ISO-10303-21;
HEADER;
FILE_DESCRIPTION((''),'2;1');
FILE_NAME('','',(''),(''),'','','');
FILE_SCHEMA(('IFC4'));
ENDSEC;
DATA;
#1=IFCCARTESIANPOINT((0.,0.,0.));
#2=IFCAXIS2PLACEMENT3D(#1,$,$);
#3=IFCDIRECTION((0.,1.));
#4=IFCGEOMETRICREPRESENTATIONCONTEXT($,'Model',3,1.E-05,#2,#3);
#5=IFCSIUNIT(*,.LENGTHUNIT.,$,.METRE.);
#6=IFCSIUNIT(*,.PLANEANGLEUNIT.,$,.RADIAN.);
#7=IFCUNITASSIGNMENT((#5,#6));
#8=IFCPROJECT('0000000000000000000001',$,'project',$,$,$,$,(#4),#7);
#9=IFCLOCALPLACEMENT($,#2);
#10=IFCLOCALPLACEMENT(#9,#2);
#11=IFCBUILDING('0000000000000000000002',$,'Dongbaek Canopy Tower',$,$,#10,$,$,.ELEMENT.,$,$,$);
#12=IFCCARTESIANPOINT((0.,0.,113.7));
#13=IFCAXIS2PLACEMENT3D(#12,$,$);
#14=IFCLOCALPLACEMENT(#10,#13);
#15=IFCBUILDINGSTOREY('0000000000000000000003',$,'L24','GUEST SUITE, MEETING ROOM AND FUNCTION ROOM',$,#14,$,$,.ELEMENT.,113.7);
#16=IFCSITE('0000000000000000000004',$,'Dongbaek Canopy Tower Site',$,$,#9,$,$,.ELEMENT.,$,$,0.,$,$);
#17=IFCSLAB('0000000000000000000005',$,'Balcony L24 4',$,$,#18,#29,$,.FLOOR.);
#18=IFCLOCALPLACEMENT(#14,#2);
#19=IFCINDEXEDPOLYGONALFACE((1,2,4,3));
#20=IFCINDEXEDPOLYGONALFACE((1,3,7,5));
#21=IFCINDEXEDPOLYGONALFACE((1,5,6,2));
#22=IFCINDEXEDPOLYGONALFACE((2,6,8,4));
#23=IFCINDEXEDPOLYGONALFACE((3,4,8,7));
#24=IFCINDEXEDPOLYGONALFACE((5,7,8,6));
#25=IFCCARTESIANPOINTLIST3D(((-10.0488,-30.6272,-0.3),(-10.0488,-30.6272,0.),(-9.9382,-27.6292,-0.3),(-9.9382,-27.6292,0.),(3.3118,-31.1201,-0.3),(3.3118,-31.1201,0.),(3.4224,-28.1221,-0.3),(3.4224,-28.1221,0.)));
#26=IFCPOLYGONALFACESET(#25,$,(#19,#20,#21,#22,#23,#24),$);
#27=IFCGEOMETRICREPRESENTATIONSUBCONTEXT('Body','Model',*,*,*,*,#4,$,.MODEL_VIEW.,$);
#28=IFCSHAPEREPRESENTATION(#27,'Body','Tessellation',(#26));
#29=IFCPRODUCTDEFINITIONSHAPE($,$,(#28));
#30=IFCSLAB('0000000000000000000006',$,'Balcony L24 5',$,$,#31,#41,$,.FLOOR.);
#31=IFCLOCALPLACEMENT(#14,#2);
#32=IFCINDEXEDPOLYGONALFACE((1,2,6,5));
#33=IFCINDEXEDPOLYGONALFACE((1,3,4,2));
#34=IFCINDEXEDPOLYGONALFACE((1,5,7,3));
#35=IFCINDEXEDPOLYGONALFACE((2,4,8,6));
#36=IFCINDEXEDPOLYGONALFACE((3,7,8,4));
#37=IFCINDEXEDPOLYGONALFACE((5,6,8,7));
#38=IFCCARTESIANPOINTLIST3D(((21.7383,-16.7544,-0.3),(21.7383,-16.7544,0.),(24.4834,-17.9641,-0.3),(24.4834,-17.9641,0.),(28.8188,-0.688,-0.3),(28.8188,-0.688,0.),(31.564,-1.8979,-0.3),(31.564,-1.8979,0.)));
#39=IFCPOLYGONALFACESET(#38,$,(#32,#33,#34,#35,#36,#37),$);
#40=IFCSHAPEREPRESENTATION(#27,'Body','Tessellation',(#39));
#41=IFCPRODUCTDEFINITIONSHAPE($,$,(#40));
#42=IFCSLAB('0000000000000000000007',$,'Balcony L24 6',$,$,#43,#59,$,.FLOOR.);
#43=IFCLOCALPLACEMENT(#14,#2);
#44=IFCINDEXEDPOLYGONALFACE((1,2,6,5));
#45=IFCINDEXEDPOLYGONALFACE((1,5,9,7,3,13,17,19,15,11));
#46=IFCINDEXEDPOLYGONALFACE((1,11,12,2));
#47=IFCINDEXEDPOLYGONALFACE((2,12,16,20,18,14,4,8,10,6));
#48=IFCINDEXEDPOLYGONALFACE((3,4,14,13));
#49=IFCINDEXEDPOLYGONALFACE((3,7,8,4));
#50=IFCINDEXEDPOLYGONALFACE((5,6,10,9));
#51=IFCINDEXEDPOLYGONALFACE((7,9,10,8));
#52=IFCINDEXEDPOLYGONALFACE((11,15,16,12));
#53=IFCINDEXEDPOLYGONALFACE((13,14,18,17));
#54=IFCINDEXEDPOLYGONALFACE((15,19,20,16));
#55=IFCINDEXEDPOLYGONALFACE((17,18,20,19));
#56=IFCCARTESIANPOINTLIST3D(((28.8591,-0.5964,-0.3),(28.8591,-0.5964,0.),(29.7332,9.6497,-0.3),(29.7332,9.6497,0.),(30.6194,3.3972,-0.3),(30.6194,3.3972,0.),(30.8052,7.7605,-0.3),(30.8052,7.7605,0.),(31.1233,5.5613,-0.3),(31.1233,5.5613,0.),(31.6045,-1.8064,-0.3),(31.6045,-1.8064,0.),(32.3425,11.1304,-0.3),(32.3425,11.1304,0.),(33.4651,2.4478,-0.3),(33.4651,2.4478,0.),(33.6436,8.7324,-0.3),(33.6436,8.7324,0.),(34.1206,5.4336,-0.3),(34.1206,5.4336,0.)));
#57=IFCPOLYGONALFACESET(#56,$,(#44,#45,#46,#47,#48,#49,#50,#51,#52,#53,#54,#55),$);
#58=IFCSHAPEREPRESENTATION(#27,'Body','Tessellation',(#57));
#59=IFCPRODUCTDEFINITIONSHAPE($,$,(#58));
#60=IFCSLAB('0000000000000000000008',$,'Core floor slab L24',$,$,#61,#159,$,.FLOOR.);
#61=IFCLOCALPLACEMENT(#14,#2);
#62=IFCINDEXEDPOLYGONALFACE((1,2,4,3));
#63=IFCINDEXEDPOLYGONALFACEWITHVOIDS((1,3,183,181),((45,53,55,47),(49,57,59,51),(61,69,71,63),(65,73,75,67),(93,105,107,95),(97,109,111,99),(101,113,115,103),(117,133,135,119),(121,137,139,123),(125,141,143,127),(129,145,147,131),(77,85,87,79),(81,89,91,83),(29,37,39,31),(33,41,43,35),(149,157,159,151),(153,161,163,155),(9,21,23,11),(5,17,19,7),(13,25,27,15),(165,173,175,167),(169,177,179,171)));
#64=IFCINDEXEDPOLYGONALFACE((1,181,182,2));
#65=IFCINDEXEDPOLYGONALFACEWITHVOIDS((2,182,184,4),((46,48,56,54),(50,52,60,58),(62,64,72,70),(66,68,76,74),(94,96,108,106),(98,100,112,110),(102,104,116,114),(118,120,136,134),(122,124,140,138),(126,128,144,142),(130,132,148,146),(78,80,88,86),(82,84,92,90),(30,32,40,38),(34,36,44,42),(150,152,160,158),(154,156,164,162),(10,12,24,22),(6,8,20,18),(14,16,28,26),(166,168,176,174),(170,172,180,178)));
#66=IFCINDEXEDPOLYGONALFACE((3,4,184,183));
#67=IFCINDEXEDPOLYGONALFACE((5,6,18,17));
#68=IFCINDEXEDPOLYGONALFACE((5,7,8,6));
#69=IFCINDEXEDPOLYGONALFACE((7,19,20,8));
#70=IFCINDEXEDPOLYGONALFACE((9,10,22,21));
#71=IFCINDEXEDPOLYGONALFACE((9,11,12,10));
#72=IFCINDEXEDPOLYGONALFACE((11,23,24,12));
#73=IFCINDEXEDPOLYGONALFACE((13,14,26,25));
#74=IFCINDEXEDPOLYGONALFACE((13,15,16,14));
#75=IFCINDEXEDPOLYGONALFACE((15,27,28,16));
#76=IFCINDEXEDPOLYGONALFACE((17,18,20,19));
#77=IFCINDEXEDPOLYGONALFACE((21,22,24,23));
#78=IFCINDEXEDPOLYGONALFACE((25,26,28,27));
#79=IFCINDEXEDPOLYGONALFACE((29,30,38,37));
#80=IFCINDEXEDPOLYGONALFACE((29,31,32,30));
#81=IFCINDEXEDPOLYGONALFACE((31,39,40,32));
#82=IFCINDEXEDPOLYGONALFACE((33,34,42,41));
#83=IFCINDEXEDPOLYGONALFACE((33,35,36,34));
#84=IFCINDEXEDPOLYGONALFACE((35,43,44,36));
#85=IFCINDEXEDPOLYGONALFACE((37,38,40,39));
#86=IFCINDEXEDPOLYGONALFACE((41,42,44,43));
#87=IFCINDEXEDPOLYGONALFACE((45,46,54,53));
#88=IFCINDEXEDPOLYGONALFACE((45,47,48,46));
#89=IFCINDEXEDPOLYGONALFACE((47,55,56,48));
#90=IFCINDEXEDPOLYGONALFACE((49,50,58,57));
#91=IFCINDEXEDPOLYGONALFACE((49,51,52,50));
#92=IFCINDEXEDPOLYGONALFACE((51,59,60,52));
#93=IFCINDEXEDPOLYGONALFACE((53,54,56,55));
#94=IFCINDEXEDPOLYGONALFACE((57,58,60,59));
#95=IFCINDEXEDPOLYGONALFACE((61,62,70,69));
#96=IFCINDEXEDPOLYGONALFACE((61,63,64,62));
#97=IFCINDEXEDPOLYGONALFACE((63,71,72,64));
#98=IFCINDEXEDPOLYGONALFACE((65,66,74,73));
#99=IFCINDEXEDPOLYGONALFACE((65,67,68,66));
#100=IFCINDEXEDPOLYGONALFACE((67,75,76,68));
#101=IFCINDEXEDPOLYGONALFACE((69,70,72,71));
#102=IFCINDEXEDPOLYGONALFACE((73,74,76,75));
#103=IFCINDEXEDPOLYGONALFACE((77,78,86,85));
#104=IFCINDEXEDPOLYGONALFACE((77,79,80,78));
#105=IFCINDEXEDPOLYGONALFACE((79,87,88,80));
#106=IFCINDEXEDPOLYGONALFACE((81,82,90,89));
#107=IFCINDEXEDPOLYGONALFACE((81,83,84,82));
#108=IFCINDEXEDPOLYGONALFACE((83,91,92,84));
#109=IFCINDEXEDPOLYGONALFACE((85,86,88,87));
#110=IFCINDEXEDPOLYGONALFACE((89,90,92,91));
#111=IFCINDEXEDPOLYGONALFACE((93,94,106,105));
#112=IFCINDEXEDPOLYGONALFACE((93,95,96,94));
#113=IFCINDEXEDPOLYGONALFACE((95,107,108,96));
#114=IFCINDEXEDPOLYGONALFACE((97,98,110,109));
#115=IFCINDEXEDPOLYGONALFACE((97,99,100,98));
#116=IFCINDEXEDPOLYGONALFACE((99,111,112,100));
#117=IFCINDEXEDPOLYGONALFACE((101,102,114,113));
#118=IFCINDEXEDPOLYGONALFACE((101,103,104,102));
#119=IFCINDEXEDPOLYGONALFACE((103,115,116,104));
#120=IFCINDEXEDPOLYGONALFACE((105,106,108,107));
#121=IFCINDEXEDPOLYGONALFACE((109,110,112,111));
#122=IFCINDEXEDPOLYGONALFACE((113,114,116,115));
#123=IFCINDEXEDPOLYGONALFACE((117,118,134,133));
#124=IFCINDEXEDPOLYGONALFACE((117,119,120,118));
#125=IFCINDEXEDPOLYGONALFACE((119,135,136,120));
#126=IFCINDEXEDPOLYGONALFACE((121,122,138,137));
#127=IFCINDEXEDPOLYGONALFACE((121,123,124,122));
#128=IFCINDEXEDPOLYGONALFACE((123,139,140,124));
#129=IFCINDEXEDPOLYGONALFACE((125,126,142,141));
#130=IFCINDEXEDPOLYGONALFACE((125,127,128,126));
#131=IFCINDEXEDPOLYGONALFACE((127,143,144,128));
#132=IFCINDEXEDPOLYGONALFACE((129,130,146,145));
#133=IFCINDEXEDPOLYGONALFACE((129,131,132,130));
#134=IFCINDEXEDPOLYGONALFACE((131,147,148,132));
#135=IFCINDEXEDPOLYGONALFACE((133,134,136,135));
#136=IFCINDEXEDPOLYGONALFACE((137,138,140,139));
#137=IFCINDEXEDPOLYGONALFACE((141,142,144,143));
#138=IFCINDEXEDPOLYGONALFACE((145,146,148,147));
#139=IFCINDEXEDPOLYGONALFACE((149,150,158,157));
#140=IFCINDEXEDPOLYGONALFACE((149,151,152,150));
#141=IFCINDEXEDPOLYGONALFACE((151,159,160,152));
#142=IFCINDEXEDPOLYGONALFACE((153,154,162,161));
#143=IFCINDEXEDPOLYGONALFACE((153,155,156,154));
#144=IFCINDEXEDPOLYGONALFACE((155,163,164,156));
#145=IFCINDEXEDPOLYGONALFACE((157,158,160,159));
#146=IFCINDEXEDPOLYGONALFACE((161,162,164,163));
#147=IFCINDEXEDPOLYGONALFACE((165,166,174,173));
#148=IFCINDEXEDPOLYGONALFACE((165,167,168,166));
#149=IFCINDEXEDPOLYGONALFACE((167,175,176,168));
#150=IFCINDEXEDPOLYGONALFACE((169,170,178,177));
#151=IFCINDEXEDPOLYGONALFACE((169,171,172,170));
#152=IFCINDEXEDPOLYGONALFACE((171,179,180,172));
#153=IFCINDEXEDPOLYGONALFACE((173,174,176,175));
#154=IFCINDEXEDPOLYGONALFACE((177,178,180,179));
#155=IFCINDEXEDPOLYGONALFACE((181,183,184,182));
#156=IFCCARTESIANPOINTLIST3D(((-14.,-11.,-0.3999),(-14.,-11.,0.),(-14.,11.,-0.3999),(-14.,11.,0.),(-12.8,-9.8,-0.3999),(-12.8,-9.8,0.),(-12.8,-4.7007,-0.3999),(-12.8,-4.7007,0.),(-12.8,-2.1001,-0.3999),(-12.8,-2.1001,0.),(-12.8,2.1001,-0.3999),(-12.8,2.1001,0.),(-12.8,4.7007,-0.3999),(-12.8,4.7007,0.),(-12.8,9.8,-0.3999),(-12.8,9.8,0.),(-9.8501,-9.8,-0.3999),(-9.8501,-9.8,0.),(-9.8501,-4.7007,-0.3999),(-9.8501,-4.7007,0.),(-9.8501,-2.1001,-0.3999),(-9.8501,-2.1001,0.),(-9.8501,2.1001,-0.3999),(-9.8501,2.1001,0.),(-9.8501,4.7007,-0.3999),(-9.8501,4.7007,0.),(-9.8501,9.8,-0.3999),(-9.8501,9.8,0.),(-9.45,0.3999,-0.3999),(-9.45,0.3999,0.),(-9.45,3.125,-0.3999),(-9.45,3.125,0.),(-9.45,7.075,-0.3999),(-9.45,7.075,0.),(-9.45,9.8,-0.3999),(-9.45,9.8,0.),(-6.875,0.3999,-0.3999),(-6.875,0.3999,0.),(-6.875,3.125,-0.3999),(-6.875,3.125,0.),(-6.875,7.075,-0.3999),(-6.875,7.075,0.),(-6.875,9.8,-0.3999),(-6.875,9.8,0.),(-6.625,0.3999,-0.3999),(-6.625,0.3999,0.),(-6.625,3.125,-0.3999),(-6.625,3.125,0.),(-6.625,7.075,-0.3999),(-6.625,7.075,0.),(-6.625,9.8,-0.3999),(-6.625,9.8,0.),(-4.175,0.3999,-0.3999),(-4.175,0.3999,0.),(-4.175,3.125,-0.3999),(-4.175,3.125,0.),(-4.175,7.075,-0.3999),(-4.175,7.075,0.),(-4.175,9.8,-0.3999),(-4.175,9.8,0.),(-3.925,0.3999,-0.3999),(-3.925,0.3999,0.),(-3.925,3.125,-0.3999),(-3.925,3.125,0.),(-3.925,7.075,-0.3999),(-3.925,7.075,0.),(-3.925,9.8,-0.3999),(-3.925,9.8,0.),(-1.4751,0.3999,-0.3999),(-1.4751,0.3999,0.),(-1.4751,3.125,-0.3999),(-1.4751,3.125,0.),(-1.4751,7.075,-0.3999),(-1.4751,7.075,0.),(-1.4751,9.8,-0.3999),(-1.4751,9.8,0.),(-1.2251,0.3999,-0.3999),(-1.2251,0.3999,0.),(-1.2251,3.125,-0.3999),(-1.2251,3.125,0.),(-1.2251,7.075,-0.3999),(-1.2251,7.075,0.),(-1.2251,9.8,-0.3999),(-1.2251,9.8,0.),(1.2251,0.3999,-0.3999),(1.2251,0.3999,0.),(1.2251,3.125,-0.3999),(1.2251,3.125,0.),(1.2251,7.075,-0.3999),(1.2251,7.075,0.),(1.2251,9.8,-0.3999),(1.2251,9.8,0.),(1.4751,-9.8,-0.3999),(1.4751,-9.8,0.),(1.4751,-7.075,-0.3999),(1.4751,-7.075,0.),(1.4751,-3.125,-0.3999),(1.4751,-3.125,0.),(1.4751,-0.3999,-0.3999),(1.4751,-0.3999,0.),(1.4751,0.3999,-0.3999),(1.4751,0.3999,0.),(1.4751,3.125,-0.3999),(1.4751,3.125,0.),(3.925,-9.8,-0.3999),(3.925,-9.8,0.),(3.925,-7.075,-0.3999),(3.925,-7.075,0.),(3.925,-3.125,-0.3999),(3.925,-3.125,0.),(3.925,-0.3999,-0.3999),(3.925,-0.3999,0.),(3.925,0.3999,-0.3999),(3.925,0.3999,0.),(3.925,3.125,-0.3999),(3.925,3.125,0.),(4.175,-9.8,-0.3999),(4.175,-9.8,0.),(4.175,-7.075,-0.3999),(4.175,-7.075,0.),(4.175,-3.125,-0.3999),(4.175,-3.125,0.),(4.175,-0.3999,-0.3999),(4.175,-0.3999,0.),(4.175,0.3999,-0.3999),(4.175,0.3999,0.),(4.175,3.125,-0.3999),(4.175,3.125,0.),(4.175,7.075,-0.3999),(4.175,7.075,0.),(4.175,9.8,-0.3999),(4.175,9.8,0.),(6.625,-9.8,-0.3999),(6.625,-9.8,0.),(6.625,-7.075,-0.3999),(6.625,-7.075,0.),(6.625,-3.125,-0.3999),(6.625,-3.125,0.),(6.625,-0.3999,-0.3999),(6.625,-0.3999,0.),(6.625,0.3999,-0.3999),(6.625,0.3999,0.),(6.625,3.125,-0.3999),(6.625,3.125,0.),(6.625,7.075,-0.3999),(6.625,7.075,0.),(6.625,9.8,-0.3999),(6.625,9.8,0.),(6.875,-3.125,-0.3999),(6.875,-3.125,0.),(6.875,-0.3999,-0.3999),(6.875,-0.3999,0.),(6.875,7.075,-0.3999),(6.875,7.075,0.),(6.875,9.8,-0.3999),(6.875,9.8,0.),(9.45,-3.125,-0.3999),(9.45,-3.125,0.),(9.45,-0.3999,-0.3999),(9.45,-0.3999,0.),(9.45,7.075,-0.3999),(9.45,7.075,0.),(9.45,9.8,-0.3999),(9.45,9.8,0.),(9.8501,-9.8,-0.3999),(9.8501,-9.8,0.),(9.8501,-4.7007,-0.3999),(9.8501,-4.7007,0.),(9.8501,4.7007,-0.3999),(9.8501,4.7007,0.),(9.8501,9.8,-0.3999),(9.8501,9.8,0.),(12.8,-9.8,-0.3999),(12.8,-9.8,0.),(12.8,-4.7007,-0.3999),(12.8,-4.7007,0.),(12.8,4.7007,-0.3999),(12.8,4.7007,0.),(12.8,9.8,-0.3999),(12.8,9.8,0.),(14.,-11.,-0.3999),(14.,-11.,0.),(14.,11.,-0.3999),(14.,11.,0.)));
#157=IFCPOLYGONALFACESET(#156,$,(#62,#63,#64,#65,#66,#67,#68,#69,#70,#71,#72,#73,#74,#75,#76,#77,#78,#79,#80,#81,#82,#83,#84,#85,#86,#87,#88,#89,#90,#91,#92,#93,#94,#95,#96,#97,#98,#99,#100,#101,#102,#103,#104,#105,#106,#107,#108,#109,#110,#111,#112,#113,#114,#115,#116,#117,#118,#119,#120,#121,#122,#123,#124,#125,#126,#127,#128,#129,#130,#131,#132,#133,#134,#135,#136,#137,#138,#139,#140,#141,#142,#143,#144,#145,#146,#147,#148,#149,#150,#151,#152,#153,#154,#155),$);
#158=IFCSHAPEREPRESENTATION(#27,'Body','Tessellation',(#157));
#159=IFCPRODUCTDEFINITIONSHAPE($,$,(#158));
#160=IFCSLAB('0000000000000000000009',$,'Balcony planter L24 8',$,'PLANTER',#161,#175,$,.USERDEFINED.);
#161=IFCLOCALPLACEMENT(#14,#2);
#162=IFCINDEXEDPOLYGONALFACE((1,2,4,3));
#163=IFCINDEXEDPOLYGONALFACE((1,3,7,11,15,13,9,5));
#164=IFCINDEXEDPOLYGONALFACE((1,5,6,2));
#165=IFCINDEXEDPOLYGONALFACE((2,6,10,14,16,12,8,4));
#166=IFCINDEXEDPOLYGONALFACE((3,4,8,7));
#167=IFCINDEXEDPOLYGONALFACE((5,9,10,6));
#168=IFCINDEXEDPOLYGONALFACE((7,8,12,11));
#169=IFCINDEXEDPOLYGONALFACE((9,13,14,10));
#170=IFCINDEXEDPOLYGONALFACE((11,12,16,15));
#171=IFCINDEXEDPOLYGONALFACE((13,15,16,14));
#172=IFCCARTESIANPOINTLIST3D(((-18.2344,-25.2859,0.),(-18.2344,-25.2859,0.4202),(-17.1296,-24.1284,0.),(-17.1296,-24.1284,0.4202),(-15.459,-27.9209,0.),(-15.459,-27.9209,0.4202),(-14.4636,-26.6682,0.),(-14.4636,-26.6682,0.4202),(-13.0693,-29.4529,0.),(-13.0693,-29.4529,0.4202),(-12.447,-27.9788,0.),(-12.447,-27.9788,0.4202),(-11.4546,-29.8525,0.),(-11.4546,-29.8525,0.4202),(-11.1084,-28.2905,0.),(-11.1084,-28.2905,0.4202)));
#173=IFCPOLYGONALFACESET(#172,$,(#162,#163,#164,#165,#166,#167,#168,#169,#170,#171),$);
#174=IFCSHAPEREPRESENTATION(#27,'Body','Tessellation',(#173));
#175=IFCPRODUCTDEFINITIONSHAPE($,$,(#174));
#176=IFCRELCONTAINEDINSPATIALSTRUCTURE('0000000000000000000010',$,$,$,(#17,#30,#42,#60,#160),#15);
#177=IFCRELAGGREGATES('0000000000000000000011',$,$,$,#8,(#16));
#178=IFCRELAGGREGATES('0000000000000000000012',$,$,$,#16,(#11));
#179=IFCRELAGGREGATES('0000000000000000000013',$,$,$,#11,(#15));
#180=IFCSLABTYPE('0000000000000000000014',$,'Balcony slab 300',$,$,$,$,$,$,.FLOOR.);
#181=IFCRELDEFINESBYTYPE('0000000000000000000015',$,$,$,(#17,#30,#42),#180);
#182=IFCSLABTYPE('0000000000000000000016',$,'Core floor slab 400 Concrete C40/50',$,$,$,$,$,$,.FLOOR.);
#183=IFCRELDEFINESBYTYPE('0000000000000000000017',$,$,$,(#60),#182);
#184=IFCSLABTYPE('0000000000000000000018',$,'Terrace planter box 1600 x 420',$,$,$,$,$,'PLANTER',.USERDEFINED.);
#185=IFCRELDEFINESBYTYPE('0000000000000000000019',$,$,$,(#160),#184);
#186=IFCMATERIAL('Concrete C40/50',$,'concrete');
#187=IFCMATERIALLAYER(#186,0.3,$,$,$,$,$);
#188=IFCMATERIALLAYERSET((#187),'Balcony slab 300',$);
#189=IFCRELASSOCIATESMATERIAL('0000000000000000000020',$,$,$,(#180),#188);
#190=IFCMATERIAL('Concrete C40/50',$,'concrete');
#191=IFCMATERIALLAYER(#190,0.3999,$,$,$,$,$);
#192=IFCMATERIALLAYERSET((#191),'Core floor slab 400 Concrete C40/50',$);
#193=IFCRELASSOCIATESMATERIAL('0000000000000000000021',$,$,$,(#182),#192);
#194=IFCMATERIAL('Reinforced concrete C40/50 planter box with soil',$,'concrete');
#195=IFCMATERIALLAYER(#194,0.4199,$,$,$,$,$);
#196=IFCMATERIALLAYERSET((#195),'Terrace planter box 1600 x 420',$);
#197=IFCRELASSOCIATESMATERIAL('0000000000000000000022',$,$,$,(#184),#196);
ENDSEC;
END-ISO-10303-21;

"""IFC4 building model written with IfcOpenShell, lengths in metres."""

from ifc_helpers import new_model, si_unit, direction, frame, origin, place, context, subcontext, project, spatial, polyline, outline, extrude, material, layer, layer_set, type_object, element, save


model = new_model("IFC4")

# Units and contexts
model_context = context("Model", 3, precision=1e-05, world=origin(), true_north=direction((0.0, 1.0)))
body_context = subcontext(model_context, "Body", "Model", "MODEL_VIEW")
ifc_project = project(units=[si_unit("LENGTHUNIT", "METRE"), si_unit("PLANEANGLEUNIT", "RADIAN")], contexts=[model_context])

# Site, building, storey
site_placement = place(None, origin())
site = spatial("IfcSite", under=ifc_project, at=site_placement, Name="Dongbaek Canopy Tower Site", CompositionType="ELEMENT", RefElevation=0.0)
building_placement = place(site_placement, origin())
building = spatial("IfcBuilding", under=site, at=building_placement, Name="Dongbaek Canopy Tower", CompositionType="ELEMENT")
storey_placement = place(building_placement, frame((0.0, 0.0, 113.7)))
storey = spatial("IfcBuildingStorey", under=building, at=storey_placement, Name="L24", Description="GUEST SUITE, MEETING ROOM AND FUNCTION ROOM", CompositionType="ELEMENT", Elevation=113.7)

# Slabs
ifc_material_1 = material(Name="Concrete C40/50", Category="concrete")
ifc_layer_1 = layer(ifc_material_1, 0.3)
ifc_layer_set_1 = layer_set([ifc_layer_1], Name="Balcony slab 300")
slab_type_1 = type_object("IfcSlabType", Name="Balcony slab 300", PredefinedType="FLOOR", material=ifc_layer_set_1)
slab_1_placement = place(storey_placement, frame((0.0, 0.0, -0.3)))
element("IfcSlab", 1, at=slab_1_placement, inside=storey, type_object=slab_type_1, Name="Balcony L24 4", PredefinedType="FLOOR", context=body_context, shape_type="SweptSolid", body=[
    extrude(outline(polyline([(-9.9382, -27.6292), (3.4224, -28.1221), (3.3118, -31.1201), (-10.0488, -30.6272), (-9.9382, -27.6292)])), origin(), (0.0, 0.0, 1.0), 0.3),
])
slab_2_placement = place(storey_placement, frame((0.0, 0.0, -0.3)))
element("IfcSlab", 2, at=slab_2_placement, inside=storey, type_object=slab_type_1, Name="Balcony L24 5", PredefinedType="FLOOR", context=body_context, shape_type="SweptSolid", body=[
    extrude(outline(polyline([(21.7383, -16.7544), (28.8188, -0.688), (31.564, -1.8979), (24.4834, -17.9641), (21.7383, -16.7544)])), origin(), (0.0, 0.0, 1.0), 0.3),
])
slab_3_placement = place(storey_placement, frame((0.0, 0.0, -0.3)))
element("IfcSlab", 3, at=slab_3_placement, inside=storey, type_object=slab_type_1, Name="Balcony L24 6", PredefinedType="FLOOR", context=body_context, shape_type="SweptSolid", body=[
    extrude(outline(polyline([(28.8591, -0.5964), (30.6194, 3.3972), (31.1233, 5.5613), (30.8052, 7.7605), (29.7332, 9.6497), (32.3425, 11.1304), (33.6436, 8.7324), (34.1206, 5.4336), (33.4651, 2.4478), (31.6045, -1.8064), (28.8591, -0.5964)])), origin(), (0.0, 0.0, 1.0), 0.3),
])
ifc_material_2 = material(Name="Concrete C40/50", Category="concrete")
ifc_layer_2 = layer(ifc_material_2, 0.3999)
ifc_layer_set_2 = layer_set([ifc_layer_2], Name="Core floor slab 400 Concrete C40/50")
slab_type_2 = type_object("IfcSlabType", Name="Core floor slab 400 Concrete C40/50", PredefinedType="FLOOR", material=ifc_layer_set_2)
slab_4_placement = place(storey_placement, frame((0.0, 0.0, -0.3999)))
element("IfcSlab", 4, at=slab_4_placement, inside=storey, type_object=slab_type_2, Name="Core floor slab L24", PredefinedType="FLOOR", context=body_context, shape_type="SweptSolid", body=[
    extrude(outline(polyline([(14.0, -11.0), (14.0, 11.0), (-14.0, 11.0), (-14.0, -11.0), (14.0, -11.0)]), holes=[polyline([(-12.8, 2.1001), (-9.8501, 2.1001), (-9.8501, -2.1001), (-12.8, -2.1001), (-12.8, 2.1001)]), polyline([(-6.875, 9.8), (-6.875, 7.075), (-9.45, 7.075), (-9.45, 9.8), (-6.875, 9.8)]), polyline([(-4.175, 9.8), (-4.175, 7.075), (-6.625, 7.075), (-6.625, 9.8), (-4.175, 9.8)]), polyline([(-1.4751, 9.8), (-1.4751, 7.075), (-3.925, 7.075), (-3.925, 9.8), (-1.4751, 9.8)]), polyline([(1.2251, 9.8), (1.2251, 7.075), (-1.2251, 7.075), (-1.2251, 9.8), (1.2251, 9.8)]), polyline([(6.625, 9.8), (6.625, 7.075), (4.175, 7.075), (4.175, 9.8), (6.625, 9.8)]), polyline([(9.45, 7.075), (6.875, 7.075), (6.875, 9.8), (9.45, 9.8), (9.45, 7.075)]), polyline([(-9.45, 3.125), (-6.875, 3.125), (-6.875, 0.3999), (-9.45, 0.3999), (-9.45, 3.125)]), polyline([(-6.625, 3.125), (-4.175, 3.125), (-4.175, 0.3999), (-6.625, 0.3999), (-6.625, 3.125)]), polyline([(-3.925, 3.125), (-1.4751, 3.125), (-1.4751, 0.3999), (-3.925, 0.3999), (-3.925, 3.125)]), polyline([(-1.2251, 3.125), (1.2251, 3.125), (1.2251, 0.3999), (-1.2251, 0.3999), (-1.2251, 3.125)]), polyline([(1.4751, 0.3999), (1.4751, 3.125), (3.925, 3.125), (3.925, 0.3999), (1.4751, 0.3999)]), polyline([(4.175, 0.3999), (4.175, 3.125), (6.625, 3.125), (6.625, 0.3999), (4.175, 0.3999)]), polyline([(1.4751, -0.3999), (3.925, -0.3999), (3.925, -3.125), (1.4751, -3.125), (1.4751, -0.3999)]), polyline([(6.625, -0.3999), (6.625, -3.125), (4.175, -3.125), (4.175, -0.3999), (6.625, -0.3999)]), polyline([(9.45, -3.125), (6.875, -3.125), (6.875, -0.3999), (9.45, -0.3999), (9.45, -3.125)]), polyline([(1.4751, -9.8), (1.4751, -7.075), (3.925, -7.075), (3.925, -9.8), (1.4751, -9.8)]), polyline([(4.175, -9.8), (4.175, -7.075), (6.625, -7.075), (6.625, -9.8), (4.175, -9.8)]), polyline([(12.8, 4.7007), (12.8, 9.8), (9.8501, 9.8), (9.8501, 4.7007), (12.8, 4.7007)]), polyline([(-9.8501, 4.7007), (-9.8501, 9.8), (-12.8, 9.8), (-12.8, 4.7007), (-9.8501, 4.7007)]), polyline([(9.8501, -4.7007), (9.8501, -9.8), (12.8, -9.8), (12.8, -4.7007), (9.8501, -4.7007)]), polyline([(-12.8, -4.7007), (-12.8, -9.8), (-9.8501, -9.8), (-9.8501, -4.7007), (-12.8, -4.7007)])]), origin(), (0.0, 0.0, 1.0), 0.3999),
])
ifc_material_3 = material(Name="Reinforced concrete C40/50 planter box with soil", Category="concrete")
ifc_layer_3 = layer(ifc_material_3, 0.4199)
ifc_layer_set_3 = layer_set([ifc_layer_3], Name="Terrace planter box 1600 x 420")
slab_type_3 = type_object("IfcSlabType", Name="Terrace planter box 1600 x 420", ElementType="PLANTER", PredefinedType="USERDEFINED", material=ifc_layer_set_3)
slab_5_placement = place(storey_placement, origin())
element("IfcSlab", 5, at=slab_5_placement, inside=storey, type_object=slab_type_3, Name="Balcony planter L24 8", ObjectType="PLANTER", PredefinedType="USERDEFINED", context=body_context, shape_type="SweptSolid", body=[
    extrude(outline(polyline([(-17.1296, -24.1284), (-14.4636, -26.6682), (-12.447, -27.9788), (-11.1084, -28.2905), (-11.4546, -29.8525), (-13.0693, -29.4529), (-15.459, -27.9209), (-18.2344, -25.2859), (-17.1296, -24.1284)])), origin(), (0.0, 0.0, 1.0), 0.4202),
])

save(model, "model.ifc")
